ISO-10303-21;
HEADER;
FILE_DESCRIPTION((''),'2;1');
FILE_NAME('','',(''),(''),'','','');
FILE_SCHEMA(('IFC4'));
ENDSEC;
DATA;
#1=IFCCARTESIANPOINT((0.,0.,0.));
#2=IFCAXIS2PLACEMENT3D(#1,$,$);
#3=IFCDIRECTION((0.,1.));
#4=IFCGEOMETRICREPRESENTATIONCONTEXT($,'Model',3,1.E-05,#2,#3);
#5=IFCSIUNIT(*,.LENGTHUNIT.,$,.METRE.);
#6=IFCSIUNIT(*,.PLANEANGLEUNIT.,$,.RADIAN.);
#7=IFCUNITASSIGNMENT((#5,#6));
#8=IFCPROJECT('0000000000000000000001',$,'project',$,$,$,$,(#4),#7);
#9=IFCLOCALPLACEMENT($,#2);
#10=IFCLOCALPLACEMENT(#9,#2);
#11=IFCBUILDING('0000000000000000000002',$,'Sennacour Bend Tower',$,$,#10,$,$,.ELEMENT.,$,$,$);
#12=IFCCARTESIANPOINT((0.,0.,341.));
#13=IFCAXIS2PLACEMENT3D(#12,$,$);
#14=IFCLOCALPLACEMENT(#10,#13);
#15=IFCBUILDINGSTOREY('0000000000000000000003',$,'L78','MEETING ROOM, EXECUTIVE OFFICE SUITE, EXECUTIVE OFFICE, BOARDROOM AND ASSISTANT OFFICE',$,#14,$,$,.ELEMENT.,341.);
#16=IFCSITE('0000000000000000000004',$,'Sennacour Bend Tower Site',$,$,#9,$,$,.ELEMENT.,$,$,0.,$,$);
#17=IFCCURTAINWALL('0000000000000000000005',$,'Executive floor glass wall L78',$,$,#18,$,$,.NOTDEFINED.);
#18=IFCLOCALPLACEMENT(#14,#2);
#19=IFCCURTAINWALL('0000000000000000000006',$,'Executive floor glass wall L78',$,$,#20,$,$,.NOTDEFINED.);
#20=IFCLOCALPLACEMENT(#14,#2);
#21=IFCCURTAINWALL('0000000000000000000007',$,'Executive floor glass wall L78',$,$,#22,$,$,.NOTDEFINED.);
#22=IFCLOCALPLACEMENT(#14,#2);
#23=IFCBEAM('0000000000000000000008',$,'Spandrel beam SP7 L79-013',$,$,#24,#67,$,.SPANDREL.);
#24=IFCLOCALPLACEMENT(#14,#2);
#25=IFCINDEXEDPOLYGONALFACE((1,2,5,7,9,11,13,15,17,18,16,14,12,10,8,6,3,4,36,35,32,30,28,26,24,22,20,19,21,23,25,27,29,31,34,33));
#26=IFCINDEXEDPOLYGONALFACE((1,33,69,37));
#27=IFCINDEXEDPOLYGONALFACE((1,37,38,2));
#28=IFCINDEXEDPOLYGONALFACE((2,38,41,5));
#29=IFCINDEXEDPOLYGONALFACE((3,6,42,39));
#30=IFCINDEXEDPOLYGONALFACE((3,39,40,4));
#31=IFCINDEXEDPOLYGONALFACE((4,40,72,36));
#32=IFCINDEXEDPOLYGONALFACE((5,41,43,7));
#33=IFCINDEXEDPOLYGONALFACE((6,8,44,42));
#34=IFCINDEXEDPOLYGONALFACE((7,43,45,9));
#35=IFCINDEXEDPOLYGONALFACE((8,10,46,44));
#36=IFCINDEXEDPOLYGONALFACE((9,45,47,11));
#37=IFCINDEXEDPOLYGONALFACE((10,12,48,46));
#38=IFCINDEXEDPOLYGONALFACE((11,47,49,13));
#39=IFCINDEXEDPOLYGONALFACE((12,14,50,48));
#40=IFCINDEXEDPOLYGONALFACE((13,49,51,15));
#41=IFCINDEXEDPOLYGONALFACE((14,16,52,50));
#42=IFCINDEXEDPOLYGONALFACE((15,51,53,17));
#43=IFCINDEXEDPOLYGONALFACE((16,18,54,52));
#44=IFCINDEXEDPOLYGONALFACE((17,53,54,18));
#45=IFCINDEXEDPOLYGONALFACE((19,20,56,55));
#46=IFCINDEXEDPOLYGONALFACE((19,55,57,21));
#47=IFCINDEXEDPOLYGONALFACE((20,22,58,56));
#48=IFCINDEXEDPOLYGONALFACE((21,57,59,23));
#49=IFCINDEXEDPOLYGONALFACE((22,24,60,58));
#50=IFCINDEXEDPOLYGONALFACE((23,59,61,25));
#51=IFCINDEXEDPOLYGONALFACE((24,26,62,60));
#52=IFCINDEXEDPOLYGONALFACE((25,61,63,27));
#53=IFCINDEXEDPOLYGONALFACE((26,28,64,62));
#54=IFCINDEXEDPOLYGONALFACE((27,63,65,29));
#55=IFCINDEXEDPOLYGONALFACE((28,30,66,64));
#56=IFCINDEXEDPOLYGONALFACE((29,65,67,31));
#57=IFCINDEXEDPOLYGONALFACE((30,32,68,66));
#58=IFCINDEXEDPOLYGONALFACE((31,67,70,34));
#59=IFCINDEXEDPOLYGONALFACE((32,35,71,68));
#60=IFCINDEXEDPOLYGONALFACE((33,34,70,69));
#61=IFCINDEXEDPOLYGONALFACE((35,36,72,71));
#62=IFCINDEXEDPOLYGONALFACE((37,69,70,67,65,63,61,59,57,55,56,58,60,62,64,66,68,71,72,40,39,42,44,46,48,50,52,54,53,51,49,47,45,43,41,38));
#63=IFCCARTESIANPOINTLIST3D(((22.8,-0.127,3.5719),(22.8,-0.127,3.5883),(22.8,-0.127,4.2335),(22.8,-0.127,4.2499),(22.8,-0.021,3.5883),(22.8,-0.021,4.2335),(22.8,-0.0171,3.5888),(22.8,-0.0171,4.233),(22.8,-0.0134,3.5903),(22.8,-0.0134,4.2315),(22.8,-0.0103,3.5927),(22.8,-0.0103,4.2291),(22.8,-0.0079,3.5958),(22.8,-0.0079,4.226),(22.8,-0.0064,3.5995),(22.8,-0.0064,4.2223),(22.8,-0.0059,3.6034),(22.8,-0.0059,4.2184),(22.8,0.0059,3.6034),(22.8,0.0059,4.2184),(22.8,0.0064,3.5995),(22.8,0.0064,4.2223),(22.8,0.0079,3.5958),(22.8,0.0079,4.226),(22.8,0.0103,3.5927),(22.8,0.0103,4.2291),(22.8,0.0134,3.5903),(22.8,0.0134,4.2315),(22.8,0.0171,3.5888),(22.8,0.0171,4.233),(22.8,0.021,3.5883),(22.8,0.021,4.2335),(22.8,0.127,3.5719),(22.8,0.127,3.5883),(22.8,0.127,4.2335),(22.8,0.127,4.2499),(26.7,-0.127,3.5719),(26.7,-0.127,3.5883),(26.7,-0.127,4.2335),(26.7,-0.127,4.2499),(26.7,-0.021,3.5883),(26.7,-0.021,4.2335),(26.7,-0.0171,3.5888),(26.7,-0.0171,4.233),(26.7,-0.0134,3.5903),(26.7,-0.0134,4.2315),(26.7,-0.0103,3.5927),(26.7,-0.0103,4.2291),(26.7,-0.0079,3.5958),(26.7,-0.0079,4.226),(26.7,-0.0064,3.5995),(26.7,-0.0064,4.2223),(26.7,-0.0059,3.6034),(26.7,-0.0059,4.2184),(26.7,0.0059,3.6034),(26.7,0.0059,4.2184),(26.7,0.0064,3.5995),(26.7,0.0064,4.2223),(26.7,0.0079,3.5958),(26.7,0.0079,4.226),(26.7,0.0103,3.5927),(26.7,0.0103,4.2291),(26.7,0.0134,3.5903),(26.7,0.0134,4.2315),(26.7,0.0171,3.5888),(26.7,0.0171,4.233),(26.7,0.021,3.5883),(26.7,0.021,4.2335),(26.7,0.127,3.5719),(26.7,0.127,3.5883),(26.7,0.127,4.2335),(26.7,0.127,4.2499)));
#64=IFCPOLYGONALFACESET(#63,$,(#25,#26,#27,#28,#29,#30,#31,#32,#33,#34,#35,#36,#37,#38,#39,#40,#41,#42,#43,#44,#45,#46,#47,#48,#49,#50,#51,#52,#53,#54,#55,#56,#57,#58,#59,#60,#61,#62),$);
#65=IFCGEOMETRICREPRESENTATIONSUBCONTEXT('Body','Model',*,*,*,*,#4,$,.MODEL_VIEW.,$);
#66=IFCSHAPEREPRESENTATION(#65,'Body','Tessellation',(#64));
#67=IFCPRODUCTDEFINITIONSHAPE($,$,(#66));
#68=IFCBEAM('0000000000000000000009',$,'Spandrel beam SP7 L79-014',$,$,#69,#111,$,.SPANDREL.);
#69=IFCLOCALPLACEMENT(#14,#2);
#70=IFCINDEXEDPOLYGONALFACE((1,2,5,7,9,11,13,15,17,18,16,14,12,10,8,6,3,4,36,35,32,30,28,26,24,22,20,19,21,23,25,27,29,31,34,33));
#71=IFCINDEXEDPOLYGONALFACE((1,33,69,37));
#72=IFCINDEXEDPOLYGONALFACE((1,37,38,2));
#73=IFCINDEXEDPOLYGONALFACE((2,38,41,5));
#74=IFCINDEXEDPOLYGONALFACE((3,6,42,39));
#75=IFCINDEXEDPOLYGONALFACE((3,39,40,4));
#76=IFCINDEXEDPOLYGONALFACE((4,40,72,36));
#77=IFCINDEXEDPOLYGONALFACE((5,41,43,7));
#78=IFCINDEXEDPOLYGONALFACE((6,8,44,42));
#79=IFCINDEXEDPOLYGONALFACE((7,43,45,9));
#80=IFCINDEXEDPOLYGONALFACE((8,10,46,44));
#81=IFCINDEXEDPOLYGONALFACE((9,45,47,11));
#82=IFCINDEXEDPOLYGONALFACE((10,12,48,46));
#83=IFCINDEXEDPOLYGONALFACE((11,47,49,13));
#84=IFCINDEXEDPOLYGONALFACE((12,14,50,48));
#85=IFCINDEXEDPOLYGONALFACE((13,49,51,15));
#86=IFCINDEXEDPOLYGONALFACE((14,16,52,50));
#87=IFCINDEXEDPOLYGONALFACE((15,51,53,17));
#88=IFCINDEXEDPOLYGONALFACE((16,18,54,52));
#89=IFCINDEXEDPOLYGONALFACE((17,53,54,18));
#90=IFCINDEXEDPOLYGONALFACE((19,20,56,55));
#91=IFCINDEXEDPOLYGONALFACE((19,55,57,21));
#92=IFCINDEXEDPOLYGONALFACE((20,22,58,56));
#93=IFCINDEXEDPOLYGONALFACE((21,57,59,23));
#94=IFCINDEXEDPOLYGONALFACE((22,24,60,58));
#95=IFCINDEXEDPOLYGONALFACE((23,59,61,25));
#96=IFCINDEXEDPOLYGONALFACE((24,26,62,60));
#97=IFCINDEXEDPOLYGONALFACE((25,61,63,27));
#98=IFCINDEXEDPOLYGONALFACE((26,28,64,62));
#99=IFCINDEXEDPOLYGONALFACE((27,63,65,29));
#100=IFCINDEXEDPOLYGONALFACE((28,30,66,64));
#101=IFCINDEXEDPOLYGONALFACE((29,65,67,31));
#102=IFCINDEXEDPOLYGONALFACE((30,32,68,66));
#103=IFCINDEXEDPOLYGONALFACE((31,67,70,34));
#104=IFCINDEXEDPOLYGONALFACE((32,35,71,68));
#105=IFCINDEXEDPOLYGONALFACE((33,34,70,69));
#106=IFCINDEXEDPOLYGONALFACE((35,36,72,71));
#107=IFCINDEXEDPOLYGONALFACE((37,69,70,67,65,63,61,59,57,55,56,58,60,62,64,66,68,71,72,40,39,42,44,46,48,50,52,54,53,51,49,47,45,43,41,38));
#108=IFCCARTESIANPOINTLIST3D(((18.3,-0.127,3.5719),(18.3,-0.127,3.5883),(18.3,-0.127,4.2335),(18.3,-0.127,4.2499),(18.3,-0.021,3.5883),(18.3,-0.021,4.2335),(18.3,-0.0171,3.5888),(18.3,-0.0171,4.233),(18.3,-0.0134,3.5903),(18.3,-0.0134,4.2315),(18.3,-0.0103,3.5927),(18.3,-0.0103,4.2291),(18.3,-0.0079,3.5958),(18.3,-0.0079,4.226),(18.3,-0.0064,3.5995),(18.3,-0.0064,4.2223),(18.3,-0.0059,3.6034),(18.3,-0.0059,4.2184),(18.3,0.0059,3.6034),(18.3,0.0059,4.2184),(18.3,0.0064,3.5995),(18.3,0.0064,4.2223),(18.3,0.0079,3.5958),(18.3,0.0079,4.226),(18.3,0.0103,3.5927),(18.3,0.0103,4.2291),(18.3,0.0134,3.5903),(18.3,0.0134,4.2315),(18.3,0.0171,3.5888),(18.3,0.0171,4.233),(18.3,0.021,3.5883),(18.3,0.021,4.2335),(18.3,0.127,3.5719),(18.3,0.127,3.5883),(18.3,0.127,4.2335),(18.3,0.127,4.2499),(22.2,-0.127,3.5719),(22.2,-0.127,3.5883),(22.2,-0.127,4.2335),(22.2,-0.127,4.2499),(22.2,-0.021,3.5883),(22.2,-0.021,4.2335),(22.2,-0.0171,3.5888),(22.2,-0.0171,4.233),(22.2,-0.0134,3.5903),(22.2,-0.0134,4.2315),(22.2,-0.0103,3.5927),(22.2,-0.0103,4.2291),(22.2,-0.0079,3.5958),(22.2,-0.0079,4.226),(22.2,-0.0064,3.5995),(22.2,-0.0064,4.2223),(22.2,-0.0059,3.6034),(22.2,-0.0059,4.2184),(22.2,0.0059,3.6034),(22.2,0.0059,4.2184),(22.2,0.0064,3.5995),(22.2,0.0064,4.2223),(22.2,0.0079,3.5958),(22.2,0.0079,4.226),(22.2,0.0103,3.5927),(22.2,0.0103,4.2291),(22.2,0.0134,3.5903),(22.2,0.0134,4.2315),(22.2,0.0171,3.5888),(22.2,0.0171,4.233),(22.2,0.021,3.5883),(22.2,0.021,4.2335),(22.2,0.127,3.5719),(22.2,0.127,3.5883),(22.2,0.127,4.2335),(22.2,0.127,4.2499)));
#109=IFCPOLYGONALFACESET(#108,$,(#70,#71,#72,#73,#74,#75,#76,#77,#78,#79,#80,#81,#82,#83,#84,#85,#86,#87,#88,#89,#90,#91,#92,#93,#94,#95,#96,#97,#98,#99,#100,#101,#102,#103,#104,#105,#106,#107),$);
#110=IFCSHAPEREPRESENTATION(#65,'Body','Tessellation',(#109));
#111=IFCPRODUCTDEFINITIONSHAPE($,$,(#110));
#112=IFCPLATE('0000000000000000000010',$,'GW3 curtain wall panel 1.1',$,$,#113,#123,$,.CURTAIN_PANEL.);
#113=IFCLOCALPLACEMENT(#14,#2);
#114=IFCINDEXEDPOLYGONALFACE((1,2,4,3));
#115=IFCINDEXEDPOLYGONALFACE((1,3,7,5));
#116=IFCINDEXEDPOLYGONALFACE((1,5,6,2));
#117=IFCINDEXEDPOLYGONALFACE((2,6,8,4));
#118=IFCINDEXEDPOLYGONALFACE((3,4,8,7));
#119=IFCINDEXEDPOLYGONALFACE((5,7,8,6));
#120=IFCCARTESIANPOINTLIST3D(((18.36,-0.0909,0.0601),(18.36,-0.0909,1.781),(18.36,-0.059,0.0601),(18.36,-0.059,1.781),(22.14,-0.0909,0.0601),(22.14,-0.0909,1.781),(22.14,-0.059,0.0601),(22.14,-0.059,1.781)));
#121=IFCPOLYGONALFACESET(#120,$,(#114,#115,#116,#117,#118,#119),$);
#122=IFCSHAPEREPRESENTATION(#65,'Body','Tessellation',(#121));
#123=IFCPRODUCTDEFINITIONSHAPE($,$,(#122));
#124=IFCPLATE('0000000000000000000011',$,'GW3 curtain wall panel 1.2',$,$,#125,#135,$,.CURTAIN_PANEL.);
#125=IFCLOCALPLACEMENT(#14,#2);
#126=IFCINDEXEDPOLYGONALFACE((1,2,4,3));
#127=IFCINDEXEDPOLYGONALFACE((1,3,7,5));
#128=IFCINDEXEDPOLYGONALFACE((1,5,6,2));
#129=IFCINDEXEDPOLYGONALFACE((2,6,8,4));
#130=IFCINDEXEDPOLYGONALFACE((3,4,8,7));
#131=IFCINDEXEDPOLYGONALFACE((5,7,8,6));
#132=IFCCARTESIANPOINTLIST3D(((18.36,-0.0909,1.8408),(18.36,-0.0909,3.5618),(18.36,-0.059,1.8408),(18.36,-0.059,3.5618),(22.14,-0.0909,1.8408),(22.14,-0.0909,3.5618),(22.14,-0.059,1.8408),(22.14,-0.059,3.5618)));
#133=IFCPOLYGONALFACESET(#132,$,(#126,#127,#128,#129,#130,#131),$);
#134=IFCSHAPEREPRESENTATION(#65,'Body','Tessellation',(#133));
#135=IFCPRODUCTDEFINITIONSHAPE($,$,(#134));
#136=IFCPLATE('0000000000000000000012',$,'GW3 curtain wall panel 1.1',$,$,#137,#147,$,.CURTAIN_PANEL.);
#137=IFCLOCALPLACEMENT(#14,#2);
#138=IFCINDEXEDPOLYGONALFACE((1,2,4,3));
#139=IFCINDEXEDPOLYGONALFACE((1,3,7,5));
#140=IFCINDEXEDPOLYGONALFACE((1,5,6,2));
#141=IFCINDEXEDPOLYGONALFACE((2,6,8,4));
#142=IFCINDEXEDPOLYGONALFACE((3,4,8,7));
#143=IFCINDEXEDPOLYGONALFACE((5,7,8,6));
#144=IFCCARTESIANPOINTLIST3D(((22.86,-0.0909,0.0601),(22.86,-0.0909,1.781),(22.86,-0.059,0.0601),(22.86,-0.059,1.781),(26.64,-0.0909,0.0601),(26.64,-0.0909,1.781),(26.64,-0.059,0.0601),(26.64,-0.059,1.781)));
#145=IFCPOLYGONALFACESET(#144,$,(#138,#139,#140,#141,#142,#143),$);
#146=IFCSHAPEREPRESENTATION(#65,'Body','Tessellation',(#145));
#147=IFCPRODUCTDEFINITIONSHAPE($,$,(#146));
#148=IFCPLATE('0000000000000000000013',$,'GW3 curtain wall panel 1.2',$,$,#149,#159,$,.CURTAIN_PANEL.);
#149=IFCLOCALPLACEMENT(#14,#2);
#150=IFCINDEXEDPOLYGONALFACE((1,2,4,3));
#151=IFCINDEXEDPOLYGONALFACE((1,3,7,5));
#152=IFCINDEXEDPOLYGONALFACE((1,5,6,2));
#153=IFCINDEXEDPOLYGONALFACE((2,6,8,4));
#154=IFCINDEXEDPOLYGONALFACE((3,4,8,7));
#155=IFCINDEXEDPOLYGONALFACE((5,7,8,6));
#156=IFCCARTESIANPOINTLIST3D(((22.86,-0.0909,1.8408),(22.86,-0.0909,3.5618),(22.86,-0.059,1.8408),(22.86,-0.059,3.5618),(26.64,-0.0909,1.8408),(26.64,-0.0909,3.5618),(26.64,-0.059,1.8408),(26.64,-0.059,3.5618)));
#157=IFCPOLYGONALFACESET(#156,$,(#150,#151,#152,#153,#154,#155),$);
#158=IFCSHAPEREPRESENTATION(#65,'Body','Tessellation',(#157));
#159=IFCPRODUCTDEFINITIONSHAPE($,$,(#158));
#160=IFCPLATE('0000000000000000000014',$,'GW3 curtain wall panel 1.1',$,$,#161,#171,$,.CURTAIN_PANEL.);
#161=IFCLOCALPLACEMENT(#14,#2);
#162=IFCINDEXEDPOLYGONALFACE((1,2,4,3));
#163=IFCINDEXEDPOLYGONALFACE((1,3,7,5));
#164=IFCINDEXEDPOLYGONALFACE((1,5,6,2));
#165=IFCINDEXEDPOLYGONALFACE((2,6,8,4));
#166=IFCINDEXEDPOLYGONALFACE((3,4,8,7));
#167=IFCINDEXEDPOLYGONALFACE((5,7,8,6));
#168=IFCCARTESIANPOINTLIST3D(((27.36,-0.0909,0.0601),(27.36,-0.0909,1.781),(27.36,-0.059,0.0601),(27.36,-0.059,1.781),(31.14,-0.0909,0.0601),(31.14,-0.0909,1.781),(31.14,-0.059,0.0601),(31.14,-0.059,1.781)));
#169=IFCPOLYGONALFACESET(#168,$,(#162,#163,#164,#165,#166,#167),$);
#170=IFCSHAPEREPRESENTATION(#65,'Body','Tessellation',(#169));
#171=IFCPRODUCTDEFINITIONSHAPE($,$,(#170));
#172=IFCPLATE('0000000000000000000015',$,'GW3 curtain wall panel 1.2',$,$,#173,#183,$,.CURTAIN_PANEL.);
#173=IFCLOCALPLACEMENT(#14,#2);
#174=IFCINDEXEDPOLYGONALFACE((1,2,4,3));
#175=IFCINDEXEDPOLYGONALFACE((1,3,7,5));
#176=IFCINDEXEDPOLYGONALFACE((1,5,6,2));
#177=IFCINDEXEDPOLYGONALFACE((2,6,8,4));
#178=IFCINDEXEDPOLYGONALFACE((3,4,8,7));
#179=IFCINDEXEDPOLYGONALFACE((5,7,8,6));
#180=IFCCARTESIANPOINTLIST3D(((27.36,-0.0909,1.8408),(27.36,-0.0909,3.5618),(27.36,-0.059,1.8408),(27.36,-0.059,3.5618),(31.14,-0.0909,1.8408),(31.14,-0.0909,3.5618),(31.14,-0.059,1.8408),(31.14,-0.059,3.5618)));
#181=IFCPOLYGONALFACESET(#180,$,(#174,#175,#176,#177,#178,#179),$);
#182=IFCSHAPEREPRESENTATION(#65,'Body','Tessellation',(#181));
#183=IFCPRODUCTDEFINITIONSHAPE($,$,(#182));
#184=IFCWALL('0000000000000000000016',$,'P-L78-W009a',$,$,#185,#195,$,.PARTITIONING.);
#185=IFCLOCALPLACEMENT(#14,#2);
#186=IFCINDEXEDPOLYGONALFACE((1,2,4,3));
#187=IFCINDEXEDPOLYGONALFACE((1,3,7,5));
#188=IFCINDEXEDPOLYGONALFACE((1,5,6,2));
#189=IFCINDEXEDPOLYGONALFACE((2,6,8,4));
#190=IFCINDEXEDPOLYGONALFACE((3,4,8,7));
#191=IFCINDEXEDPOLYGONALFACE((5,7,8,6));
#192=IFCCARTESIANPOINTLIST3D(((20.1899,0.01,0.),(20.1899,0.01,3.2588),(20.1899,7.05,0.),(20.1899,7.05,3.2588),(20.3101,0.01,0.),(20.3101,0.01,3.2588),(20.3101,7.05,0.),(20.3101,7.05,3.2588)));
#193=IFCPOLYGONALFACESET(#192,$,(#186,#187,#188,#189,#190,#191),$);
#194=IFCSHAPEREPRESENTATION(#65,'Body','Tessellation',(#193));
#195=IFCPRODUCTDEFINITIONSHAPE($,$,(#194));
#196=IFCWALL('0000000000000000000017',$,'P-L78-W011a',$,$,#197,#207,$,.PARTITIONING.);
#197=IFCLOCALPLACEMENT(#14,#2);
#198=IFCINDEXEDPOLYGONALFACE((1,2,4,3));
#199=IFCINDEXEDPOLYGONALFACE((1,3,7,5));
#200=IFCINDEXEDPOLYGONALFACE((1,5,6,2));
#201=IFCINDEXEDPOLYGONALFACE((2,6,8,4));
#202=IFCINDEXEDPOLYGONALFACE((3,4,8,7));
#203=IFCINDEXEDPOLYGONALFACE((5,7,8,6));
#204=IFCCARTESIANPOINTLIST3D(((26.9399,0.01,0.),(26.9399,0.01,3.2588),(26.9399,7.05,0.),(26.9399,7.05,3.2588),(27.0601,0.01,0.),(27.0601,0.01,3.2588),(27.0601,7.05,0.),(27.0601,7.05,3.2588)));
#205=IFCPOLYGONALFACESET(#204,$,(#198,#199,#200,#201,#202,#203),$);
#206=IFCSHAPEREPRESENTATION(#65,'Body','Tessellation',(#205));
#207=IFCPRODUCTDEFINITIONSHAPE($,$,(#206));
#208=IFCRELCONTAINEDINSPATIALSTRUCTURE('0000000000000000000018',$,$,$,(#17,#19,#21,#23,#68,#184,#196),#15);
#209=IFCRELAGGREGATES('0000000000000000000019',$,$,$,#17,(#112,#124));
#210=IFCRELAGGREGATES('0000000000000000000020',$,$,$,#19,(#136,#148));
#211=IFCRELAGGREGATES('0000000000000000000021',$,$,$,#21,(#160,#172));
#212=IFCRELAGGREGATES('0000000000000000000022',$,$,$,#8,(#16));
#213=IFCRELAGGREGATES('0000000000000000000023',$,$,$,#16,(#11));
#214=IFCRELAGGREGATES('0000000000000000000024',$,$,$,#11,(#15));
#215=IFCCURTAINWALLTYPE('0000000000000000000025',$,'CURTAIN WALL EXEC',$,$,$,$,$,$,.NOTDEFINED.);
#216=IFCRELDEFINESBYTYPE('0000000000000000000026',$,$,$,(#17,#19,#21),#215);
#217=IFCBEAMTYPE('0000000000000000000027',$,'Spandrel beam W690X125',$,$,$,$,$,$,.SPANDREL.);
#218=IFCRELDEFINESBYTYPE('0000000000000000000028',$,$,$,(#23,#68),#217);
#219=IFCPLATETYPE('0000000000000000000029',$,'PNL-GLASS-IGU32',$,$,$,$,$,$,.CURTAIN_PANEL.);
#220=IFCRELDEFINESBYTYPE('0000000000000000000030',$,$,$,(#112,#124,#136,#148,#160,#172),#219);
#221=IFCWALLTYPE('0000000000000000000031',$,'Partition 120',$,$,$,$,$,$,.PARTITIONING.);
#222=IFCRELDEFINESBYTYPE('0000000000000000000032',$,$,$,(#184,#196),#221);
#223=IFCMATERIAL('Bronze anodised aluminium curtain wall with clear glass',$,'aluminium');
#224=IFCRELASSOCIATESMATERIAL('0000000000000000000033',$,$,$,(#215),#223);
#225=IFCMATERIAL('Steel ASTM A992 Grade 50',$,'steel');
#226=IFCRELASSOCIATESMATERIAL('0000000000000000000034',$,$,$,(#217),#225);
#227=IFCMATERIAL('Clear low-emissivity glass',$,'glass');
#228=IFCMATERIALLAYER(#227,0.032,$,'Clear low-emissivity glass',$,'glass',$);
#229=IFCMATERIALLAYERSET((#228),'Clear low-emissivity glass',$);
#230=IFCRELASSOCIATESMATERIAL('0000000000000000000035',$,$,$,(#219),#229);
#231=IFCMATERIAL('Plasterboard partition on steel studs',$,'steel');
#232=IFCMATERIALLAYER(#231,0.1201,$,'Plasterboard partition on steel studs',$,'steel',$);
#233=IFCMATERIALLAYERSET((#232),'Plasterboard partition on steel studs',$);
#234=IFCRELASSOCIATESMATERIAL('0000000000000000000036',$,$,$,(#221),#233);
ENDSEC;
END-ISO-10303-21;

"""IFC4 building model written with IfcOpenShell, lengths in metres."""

from ifc_helpers import new_model, si_unit, direction, frame, frame_2d, origin, origin_2d, place, context, subcontext, project, spatial, rectangle, i_section, extrude, material, layer, layer_set, material_profile, profile_set, type_object, element, aggregate, save


model = new_model("IFC4")

# Units and contexts
model_context = context("Model", 3, precision=1e-05, world=origin(), true_north=direction((0.0, 1.0)))
body_context = subcontext(model_context, "Body", "Model", "MODEL_VIEW")
ifc_project = project(units=[si_unit("LENGTHUNIT", "METRE"), si_unit("PLANEANGLEUNIT", "RADIAN")], contexts=[model_context])

# Site, building, storey
site_placement = place(None, origin())
site = spatial("IfcSite", under=ifc_project, at=site_placement, Name="Sennacour Bend Tower Site", CompositionType="ELEMENT", RefElevation=0.0)
building_placement = place(site_placement, origin())
building = spatial("IfcBuilding", under=site, at=building_placement, Name="Sennacour Bend Tower", CompositionType="ELEMENT")
storey_placement = place(building_placement, frame((0.0, 0.0, 341.0)))
storey = spatial("IfcBuildingStorey", under=building, at=storey_placement, Name="L78", Description="MEETING ROOM, EXECUTIVE OFFICE SUITE, EXECUTIVE OFFICE, BOARDROOM AND ASSISTANT OFFICE", CompositionType="ELEMENT", Elevation=341.0)

# Curtain wall
ifc_material_1 = material(Name="Bronze anodised aluminium curtain wall with clear glass", Category="aluminium")
curtain_wall_type = type_object("IfcCurtainWallType", Name="CURTAIN WALL EXEC", PredefinedType="NOTDEFINED", material=ifc_material_1)
curtain_wall_1_placement = place(storey_placement, origin())
curtain_wall_1 = element("IfcCurtainWall", 1, at=curtain_wall_1_placement, inside=storey, type_object=curtain_wall_type, Name="Executive floor glass wall L78", PredefinedType="NOTDEFINED")

# Curtain wall
curtain_wall_2_placement = place(storey_placement, origin())
curtain_wall_2 = element("IfcCurtainWall", 2, at=curtain_wall_2_placement, inside=storey, type_object=curtain_wall_type, Name="Executive floor glass wall L78", PredefinedType="NOTDEFINED")

# Curtain wall
curtain_wall_3_placement = place(storey_placement, origin())
curtain_wall_3 = element("IfcCurtainWall", 3, at=curtain_wall_3_placement, inside=storey, type_object=curtain_wall_type, Name="Executive floor glass wall L78", PredefinedType="NOTDEFINED")

# Beams
ifc_material_2 = material(Name="Steel ASTM A992 Grade 50", Category="steel")
ifc_material_profile_1 = material_profile(ifc_material_2, i_section(OverallWidth=0.2539, OverallDepth=0.678, WebThickness=0.0117, FlangeThickness=0.0164, FilletRadius=0.0151, at=origin_2d()), Name="Steel ASTM A992 Grade 50", Category="steel")
ifc_profile_set_1 = profile_set([ifc_material_profile_1], Name="Steel ASTM A992 Grade 50")
beam_type_1 = type_object("IfcBeamType", Name="Spandrel beam W690X125", PredefinedType="SPANDREL", material=ifc_profile_set_1)
for number, where, z_axis, x_axis, name in (
    (4, (26.7, 0.0, 3.9109), (-1.0, 0.0, 0.0), (0.0, -1.0, 0.0), "Spandrel beam SP7 L79-013"),
    (5, (22.2, 0.0, 3.9109), (-1.0, 0.0, 0.0), (0.0, -1.0, 0.0), "Spandrel beam SP7 L79-014"),
):
    element("IfcBeam", number, at=place(storey_placement, frame(where, z_axis=z_axis, x_axis=x_axis)), inside=storey, type_object=beam_type_1, Name=name, PredefinedType="SPANDREL", context=body_context, shape_type="SweptSolid", body=[
        extrude(i_section(OverallWidth=0.2539, OverallDepth=0.678, WebThickness=0.0117, FlangeThickness=0.0164, FilletRadius=0.0151, at=origin_2d()), origin(), (0.0, 0.0, 1.0), 3.8999),
    ])

# Plates
ifc_material_3 = material(Name="Clear low-emissivity glass", Category="glass")
ifc_layer_1 = layer(ifc_material_3, 0.032, Name="Clear low-emissivity glass", Category="glass")
ifc_layer_set_1 = layer_set([ifc_layer_1], Name="Clear low-emissivity glass")
plate_type = type_object("IfcPlateType", Name="PNL-GLASS-IGU32", PredefinedType="CURTAIN_PANEL", material=ifc_layer_set_1)
plate_1_placement = place(storey_placement, frame((20.25, -0.075, 0.0601), z_axis=(0.0, 0.0, 1.0), x_axis=(1.0, 0.0, 0.0)))
plate_1 = element("IfcPlate", 6, at=plate_1_placement, type_object=plate_type, Name="GW3 curtain wall panel 1.1", PredefinedType="CURTAIN_PANEL", context=body_context, shape_type="SweptSolid", body=[
    extrude(rectangle(XDim=3.78, YDim=0.032, at=origin_2d()), origin(), (0.0, 0.0, 1.0), 1.7209),
])
plate_2_placement = place(storey_placement, frame((20.25, -0.075, 1.8408), z_axis=(0.0, 0.0, 1.0), x_axis=(1.0, 0.0, 0.0)))
plate_2 = element("IfcPlate", 7, at=plate_2_placement, type_object=plate_type, Name="GW3 curtain wall panel 1.2", PredefinedType="CURTAIN_PANEL", context=body_context, shape_type="SweptSolid", body=[
    extrude(rectangle(XDim=3.78, YDim=0.032, at=origin_2d()), origin(), (0.0, 0.0, 1.0), 1.7209),
])
aggregate(curtain_wall_1, [plate_1, plate_2])
plate_3_placement = place(storey_placement, frame((24.75, -0.075, 0.0601), z_axis=(0.0, 0.0, 1.0), x_axis=(1.0, 0.0, 0.0)))
plate_3 = element("IfcPlate", 8, at=plate_3_placement, type_object=plate_type, Name="GW3 curtain wall panel 1.1", PredefinedType="CURTAIN_PANEL", context=body_context, shape_type="SweptSolid", body=[
    extrude(rectangle(XDim=3.78, YDim=0.032, at=origin_2d()), origin(), (0.0, 0.0, 1.0), 1.7209),
])
plate_4_placement = place(storey_placement, frame((24.75, -0.075, 1.8408), z_axis=(0.0, 0.0, 1.0), x_axis=(1.0, 0.0, 0.0)))
plate_4 = element("IfcPlate", 9, at=plate_4_placement, type_object=plate_type, Name="GW3 curtain wall panel 1.2", PredefinedType="CURTAIN_PANEL", context=body_context, shape_type="SweptSolid", body=[
    extrude(rectangle(XDim=3.78, YDim=0.032, at=origin_2d()), origin(), (0.0, 0.0, 1.0), 1.7209),
])
aggregate(curtain_wall_2, [plate_3, plate_4])
plate_5_placement = place(storey_placement, frame((29.25, -0.075, 0.0601), z_axis=(0.0, 0.0, 1.0), x_axis=(1.0, 0.0, 0.0)))
plate_5 = element("IfcPlate", 10, at=plate_5_placement, type_object=plate_type, Name="GW3 curtain wall panel 1.1", PredefinedType="CURTAIN_PANEL", context=body_context, shape_type="SweptSolid", body=[
    extrude(rectangle(XDim=3.78, YDim=0.032, at=origin_2d()), origin(), (0.0, 0.0, 1.0), 1.7209),
])
plate_6_placement = place(storey_placement, frame((29.25, -0.075, 1.8408), z_axis=(0.0, 0.0, 1.0), x_axis=(1.0, 0.0, 0.0)))
plate_6 = element("IfcPlate", 11, at=plate_6_placement, type_object=plate_type, Name="GW3 curtain wall panel 1.2", PredefinedType="CURTAIN_PANEL", context=body_context, shape_type="SweptSolid", body=[
    extrude(rectangle(XDim=3.78, YDim=0.032, at=origin_2d()), origin(), (0.0, 0.0, 1.0), 1.7209),
])
aggregate(curtain_wall_3, [plate_5, plate_6])

# Walls
ifc_material_4 = material(Name="Plasterboard partition on steel studs", Category="steel")
ifc_layer_2 = layer(ifc_material_4, 0.1201, Name="Plasterboard partition on steel studs", Category="steel")
ifc_layer_set_2 = layer_set([ifc_layer_2], Name="Plasterboard partition on steel studs")
wall_type = type_object("IfcWallType", Name="Partition 120", PredefinedType="PARTITIONING", material=ifc_layer_set_2)
for number, where, z_axis, x_axis, name in (
    (12, (20.25, 0.01, 0.0), (0.0, 0.0, 1.0), (0.0, 1.0, 0.0), "P-L78-W009a"),
    (13, (27.0, 0.01, 0.0), (0.0, 0.0, 1.0), (0.0, 1.0, 0.0), "P-L78-W011a"),
):
    element("IfcWall", number, at=place(storey_placement, frame(where, z_axis=z_axis, x_axis=x_axis)), inside=storey, type_object=wall_type, Name=name, PredefinedType="PARTITIONING", context=body_context, shape_type="SweptSolid", body=[
        extrude(rectangle(XDim=7.04, YDim=0.1201, at=frame_2d((3.52, 0.0))), origin(), (0.0, 0.0, 1.0), 3.2588),
    ])

save(model, "model.ifc")
